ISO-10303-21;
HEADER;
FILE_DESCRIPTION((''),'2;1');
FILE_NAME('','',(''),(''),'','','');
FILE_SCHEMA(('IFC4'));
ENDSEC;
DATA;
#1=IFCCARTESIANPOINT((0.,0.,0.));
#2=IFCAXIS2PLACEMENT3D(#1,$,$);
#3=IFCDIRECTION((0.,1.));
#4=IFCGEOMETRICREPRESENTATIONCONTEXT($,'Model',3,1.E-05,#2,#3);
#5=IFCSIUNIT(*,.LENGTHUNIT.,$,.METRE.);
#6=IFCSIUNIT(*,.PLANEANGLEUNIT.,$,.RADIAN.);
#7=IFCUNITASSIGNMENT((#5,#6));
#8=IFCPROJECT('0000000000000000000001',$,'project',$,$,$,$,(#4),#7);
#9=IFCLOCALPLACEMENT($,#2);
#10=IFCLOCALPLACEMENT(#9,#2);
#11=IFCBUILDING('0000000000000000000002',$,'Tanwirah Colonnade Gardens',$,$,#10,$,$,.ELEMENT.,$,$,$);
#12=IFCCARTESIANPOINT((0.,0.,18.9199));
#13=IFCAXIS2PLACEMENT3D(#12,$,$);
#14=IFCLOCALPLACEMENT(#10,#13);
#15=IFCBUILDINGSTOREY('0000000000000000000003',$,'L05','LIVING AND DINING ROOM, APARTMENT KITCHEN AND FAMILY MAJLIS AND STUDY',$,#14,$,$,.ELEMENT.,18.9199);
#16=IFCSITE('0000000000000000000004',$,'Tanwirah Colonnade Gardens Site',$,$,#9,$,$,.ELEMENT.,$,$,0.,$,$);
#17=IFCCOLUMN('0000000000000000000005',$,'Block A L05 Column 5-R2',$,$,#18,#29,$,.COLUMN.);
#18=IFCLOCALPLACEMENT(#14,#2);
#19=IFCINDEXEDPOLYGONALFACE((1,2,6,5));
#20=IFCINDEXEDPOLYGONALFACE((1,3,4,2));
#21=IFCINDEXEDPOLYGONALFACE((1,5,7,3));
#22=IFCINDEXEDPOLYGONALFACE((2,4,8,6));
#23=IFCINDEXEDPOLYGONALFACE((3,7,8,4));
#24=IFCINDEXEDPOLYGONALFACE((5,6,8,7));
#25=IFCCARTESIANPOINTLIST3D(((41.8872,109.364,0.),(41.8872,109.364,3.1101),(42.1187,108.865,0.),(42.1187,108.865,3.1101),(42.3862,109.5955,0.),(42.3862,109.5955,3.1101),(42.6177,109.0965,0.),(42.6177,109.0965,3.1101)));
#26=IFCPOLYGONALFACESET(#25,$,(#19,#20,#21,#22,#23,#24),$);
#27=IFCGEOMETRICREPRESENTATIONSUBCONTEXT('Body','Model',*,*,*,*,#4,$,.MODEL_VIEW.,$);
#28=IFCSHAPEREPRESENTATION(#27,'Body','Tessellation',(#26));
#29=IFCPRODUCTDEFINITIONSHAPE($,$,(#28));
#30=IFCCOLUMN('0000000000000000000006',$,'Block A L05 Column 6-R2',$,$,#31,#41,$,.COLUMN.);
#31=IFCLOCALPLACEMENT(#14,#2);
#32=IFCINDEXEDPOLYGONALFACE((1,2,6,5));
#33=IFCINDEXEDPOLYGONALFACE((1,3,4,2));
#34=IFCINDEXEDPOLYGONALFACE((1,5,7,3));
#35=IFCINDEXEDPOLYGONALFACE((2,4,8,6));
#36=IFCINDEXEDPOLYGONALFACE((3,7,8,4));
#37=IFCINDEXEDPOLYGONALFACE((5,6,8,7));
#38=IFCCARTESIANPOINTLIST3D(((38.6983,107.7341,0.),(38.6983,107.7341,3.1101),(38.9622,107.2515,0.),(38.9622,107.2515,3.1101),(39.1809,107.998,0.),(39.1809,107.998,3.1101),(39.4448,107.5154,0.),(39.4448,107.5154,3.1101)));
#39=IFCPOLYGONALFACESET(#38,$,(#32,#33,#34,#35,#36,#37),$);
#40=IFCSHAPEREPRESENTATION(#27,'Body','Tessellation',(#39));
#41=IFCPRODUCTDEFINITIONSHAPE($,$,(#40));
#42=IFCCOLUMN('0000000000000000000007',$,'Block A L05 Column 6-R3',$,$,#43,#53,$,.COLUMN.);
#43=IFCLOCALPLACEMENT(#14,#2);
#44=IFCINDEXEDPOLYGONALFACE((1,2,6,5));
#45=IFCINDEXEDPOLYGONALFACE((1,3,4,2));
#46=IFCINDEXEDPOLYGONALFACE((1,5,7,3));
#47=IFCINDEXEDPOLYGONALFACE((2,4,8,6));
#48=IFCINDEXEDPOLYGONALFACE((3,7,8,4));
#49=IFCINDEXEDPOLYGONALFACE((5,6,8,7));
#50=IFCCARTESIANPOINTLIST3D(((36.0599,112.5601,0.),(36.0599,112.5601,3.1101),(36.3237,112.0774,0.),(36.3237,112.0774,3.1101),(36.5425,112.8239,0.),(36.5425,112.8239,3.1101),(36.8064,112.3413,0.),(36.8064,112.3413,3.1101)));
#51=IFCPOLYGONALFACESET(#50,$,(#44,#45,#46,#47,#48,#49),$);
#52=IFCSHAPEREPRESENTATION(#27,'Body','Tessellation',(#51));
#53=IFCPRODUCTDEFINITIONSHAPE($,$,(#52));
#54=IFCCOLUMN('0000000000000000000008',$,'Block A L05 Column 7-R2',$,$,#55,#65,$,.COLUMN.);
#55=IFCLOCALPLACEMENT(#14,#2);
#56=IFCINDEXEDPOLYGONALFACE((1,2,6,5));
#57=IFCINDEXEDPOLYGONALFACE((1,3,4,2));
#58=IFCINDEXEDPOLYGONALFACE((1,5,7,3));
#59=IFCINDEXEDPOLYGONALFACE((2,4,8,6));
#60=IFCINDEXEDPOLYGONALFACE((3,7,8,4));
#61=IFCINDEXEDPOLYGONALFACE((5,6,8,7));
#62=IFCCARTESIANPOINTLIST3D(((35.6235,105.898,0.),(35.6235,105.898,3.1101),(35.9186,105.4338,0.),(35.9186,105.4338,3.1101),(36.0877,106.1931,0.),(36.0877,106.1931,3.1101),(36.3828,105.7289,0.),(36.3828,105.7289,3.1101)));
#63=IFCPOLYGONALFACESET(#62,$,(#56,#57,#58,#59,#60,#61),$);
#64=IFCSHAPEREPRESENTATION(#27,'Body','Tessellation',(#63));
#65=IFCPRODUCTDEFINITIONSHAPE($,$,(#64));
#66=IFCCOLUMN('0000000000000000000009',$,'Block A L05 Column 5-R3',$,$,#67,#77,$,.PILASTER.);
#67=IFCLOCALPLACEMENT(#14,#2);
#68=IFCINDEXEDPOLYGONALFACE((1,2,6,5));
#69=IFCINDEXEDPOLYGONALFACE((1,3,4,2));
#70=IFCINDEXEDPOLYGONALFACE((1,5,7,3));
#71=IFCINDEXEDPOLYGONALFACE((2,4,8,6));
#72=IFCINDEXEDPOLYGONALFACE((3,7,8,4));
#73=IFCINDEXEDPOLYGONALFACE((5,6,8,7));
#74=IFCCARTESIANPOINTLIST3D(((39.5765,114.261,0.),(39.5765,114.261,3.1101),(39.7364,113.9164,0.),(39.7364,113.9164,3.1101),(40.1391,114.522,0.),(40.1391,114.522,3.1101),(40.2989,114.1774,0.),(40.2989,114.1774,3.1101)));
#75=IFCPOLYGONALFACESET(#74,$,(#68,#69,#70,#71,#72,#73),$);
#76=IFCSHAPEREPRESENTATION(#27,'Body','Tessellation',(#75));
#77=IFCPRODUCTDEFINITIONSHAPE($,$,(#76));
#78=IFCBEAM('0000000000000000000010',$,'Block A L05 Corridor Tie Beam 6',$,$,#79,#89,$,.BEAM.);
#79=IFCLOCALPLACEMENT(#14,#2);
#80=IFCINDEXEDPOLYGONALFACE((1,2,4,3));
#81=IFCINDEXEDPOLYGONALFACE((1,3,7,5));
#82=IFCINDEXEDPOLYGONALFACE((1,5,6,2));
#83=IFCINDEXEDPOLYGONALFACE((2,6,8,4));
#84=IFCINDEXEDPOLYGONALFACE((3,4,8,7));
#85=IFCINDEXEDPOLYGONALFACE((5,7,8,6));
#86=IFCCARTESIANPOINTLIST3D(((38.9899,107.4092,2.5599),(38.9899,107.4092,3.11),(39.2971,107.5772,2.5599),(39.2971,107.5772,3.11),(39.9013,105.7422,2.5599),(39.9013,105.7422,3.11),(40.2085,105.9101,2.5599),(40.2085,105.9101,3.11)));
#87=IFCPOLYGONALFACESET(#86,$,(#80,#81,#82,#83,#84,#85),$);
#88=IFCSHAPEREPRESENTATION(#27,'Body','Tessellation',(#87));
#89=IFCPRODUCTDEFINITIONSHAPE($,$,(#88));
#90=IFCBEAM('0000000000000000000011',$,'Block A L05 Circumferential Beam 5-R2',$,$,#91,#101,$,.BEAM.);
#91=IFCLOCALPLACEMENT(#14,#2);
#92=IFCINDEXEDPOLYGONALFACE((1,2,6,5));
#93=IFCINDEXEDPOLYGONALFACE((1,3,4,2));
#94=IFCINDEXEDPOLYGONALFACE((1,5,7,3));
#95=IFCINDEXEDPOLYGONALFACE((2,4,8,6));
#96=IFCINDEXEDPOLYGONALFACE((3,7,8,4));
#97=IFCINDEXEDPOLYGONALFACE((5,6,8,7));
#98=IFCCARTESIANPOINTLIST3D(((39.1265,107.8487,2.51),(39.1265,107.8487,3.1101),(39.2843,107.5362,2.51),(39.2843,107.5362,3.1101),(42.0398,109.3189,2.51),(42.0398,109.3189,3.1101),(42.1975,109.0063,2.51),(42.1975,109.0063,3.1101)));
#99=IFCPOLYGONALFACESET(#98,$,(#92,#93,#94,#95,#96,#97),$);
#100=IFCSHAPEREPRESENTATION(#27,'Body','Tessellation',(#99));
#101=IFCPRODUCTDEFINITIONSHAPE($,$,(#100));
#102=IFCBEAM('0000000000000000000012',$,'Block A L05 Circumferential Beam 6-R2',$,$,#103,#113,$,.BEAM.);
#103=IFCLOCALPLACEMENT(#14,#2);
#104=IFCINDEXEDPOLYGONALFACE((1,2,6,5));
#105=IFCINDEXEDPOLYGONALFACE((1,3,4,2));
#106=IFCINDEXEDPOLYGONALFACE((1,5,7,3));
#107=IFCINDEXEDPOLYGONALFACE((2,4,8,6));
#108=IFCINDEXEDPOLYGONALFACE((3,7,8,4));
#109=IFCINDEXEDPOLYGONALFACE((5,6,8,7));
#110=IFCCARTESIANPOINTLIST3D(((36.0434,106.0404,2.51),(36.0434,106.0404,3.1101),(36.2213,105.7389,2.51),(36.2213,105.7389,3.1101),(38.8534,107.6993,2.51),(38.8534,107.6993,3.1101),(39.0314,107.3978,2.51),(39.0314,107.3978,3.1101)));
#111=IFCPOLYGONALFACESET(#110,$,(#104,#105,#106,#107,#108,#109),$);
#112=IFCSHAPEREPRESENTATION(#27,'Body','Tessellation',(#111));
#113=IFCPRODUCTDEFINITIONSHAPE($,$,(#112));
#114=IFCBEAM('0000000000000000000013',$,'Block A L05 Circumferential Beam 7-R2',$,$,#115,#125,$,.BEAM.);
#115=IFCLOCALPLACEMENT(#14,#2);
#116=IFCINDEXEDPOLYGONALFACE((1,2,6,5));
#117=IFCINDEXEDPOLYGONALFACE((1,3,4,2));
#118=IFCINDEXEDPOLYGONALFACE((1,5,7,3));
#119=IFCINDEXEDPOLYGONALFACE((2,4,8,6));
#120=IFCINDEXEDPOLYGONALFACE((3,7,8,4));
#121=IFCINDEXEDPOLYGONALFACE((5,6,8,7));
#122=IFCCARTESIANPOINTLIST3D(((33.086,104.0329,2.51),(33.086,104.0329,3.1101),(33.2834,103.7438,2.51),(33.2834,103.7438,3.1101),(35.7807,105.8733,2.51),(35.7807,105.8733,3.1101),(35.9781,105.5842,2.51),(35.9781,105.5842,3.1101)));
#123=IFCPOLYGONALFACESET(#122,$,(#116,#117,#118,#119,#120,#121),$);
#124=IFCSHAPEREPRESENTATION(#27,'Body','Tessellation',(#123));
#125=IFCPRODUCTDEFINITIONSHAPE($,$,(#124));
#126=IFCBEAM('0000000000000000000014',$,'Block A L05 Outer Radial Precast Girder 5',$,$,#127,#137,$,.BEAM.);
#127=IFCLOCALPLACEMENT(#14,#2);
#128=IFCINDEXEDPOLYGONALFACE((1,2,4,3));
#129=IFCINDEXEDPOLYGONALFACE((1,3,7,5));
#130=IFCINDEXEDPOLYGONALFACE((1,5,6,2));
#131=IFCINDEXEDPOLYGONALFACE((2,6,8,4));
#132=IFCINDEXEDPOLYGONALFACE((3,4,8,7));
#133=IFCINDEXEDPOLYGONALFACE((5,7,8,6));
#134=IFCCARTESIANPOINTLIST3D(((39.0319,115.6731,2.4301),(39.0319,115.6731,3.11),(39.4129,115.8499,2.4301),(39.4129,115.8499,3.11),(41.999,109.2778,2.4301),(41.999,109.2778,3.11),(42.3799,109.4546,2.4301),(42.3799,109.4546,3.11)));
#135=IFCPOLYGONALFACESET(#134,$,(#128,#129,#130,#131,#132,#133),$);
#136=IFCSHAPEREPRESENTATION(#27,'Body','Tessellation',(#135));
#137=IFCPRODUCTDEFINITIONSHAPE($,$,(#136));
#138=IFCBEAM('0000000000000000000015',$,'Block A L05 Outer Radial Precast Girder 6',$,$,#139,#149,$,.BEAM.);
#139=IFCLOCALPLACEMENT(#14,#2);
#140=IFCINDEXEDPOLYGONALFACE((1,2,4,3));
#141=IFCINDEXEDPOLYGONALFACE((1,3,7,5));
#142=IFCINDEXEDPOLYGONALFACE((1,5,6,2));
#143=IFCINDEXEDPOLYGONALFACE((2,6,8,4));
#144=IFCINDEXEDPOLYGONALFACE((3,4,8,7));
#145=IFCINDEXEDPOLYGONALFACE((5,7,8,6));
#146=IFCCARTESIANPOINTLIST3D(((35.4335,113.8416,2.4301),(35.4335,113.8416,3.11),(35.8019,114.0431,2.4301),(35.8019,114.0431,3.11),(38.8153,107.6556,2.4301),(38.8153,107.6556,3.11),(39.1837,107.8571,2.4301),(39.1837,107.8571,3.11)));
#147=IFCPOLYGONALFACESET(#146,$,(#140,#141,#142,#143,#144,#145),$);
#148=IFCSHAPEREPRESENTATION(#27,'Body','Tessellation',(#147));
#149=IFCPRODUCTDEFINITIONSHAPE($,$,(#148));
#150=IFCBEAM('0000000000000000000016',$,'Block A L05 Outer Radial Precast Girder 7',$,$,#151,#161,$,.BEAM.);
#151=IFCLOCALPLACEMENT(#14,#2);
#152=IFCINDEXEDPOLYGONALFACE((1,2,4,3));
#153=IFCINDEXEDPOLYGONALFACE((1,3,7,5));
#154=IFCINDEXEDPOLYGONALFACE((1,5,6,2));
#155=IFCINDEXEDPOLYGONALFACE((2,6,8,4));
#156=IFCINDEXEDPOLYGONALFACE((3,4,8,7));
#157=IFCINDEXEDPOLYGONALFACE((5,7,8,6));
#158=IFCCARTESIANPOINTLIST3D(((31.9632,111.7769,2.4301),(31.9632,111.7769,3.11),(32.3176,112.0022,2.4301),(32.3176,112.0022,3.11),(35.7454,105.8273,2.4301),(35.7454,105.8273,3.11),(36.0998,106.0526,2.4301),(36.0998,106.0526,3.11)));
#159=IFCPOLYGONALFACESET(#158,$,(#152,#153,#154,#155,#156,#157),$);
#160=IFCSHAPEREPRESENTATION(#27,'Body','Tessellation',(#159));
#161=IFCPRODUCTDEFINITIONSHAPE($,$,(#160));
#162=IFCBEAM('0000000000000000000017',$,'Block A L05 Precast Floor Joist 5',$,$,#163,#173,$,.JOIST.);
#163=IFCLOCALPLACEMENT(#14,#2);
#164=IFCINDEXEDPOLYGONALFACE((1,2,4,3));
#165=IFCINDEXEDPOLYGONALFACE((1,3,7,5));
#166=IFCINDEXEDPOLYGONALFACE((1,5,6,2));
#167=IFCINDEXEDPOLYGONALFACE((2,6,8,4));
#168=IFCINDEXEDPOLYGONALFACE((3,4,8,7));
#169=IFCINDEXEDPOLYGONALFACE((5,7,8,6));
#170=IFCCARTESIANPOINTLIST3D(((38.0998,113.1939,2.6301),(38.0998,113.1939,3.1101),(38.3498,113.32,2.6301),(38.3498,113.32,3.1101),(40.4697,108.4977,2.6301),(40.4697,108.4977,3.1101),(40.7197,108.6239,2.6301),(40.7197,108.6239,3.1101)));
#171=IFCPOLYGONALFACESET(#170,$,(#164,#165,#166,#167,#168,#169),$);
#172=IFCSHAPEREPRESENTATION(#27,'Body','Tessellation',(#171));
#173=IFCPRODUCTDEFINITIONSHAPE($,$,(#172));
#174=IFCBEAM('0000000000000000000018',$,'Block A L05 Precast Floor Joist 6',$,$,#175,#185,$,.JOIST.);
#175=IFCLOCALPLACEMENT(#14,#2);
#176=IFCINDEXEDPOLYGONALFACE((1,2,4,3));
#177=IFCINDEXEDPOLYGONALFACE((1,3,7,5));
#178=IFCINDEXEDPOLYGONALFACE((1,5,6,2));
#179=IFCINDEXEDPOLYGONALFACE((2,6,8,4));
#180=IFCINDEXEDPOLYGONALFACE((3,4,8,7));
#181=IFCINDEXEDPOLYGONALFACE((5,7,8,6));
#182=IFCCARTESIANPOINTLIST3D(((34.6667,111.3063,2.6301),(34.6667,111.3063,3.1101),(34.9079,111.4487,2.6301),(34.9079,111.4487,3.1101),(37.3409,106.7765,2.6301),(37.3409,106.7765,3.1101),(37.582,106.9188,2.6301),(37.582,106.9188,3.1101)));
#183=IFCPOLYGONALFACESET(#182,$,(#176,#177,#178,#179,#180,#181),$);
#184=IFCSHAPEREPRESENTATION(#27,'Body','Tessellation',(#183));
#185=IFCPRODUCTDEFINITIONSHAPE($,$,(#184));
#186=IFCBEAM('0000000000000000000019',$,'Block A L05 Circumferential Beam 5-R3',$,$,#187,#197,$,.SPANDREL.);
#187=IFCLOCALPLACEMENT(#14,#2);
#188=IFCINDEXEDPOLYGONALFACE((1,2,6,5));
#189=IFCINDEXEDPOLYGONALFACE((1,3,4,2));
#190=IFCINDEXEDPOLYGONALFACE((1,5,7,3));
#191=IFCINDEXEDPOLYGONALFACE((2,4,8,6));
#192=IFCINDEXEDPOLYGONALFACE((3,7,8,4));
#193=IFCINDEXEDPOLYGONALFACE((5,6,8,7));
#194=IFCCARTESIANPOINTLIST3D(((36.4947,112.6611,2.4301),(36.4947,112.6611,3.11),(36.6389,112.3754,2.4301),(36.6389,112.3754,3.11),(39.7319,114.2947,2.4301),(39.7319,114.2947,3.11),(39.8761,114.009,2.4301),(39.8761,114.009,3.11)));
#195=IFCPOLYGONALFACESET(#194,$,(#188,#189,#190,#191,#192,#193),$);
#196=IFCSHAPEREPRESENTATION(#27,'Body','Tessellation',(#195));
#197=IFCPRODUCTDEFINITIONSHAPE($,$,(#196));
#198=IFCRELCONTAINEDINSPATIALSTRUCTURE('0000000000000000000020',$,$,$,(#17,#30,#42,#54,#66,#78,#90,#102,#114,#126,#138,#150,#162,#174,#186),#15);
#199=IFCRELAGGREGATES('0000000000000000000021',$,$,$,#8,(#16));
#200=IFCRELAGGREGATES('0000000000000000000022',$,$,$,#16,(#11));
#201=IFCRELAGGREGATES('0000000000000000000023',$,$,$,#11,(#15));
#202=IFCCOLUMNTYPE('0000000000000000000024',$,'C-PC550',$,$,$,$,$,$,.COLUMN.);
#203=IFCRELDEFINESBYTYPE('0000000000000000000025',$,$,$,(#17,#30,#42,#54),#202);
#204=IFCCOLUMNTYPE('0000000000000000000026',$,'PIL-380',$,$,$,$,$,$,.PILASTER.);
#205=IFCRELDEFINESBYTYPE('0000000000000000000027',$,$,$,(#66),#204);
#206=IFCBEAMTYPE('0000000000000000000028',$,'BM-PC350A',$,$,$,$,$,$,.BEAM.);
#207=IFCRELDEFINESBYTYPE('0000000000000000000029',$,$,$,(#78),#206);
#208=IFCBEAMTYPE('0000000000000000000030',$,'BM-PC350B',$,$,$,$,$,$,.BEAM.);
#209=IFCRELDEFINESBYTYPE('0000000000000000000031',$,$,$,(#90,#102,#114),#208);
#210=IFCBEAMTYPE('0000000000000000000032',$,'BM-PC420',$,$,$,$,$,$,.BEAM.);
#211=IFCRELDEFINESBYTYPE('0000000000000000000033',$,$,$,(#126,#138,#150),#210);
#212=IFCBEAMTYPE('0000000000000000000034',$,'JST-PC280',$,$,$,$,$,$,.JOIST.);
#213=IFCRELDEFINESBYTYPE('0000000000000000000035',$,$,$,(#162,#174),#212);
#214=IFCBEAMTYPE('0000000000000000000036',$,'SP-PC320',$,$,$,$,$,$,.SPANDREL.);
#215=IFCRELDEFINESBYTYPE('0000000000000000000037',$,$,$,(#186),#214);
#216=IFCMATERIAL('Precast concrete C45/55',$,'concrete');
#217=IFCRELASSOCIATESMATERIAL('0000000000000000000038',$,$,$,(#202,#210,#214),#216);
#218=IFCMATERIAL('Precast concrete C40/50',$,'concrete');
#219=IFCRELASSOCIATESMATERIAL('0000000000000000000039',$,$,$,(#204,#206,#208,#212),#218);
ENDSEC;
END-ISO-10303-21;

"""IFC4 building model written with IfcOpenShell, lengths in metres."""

from ifc_helpers import new_model, si_unit, direction, frame, origin, origin_2d, place, context, subcontext, project, spatial, rectangle, extrude, material, material_profile, profile_set, type_object, element, save


model = new_model("IFC4")

# Units and contexts
model_context = context("Model", 3, precision=1e-05, world=origin(), true_north=direction((0.0, 1.0)))
body_context = subcontext(model_context, "Body", "Model", "MODEL_VIEW")
ifc_project = project(units=[si_unit("LENGTHUNIT", "METRE"), si_unit("PLANEANGLEUNIT", "RADIAN")], contexts=[model_context])

# Site, building, storey
site_placement = place(None, origin())
site = spatial("IfcSite", under=ifc_project, at=site_placement, Name="Tanwirah Colonnade Gardens Site", CompositionType="ELEMENT", RefElevation=0.0)
building_placement = place(site_placement, origin())
building = spatial("IfcBuilding", under=site, at=building_placement, Name="Tanwirah Colonnade Gardens", CompositionType="ELEMENT")
storey_placement = place(building_placement, frame((0.0, 0.0, 18.9199)))
storey = spatial("IfcBuildingStorey", under=building, at=storey_placement, Name="L05", Description="LIVING AND DINING ROOM, APARTMENT KITCHEN AND FAMILY MAJLIS AND STUDY", CompositionType="ELEMENT", Elevation=18.9199)

# Columns
ifc_material_1 = material(Name="Precast concrete C45/55", Category="concrete")
ifc_material_profile_1 = material_profile(ifc_material_1, rectangle(XDim=0.55, YDim=0.55, at=origin_2d()), Name="PC-COL 550x550")
ifc_profile_set_1 = profile_set([ifc_material_profile_1], Name="Precast concrete C45/55")
column_type_1 = type_object("IfcColumnType", Name="C-PC550", PredefinedType="COLUMN", material=ifc_profile_set_1)
for number, where, z_axis, x_axis, name in (
    (1, (42.2524, 109.2302, 0.0), (0.0, 0.0, 1.0), (-0.42086, 0.907126, 0.0), "Block A L05 Column 5-R2"),
    (2, (39.0715, 107.6248, 0.0), (0.0, 0.0, 1.0), (-0.479713, 0.877425, 0.0), "Block A L05 Column 6-R2"),
    (3, (36.4331, 112.4507, 0.0), (0.0, 0.0, 1.0), (-0.479713, 0.877425, 0.0), "Block A L05 Column 6-R3"),
    (4, (36.0032, 105.8135, 0.0), (0.0, 0.0, 1.0), (-0.536482, 0.843912, 0.0), "Block A L05 Column 7-R2"),
):
    element("IfcColumn", number, at=place(storey_placement, frame(where, z_axis=z_axis, x_axis=x_axis)), inside=storey, type_object=column_type_1, Name=name, PredefinedType="COLUMN", context=body_context, shape_type="SweptSolid", body=[
        extrude(rectangle(XDim=0.55, YDim=0.55, at=origin_2d()), origin(), (0.0, 0.0, 1.0), 3.1101),
    ])
ifc_material_2 = material(Name="Precast concrete C40/50", Category="concrete")
ifc_material_profile_2 = material_profile(ifc_material_2, rectangle(XDim=0.3799, YDim=0.6201, at=origin_2d()), Name="PC-PIL 380x620")
ifc_profile_set_2 = profile_set([ifc_material_profile_2], Name="Precast concrete C40/50")
column_type_2 = type_object("IfcColumnType", Name="PIL-380", PredefinedType="PILASTER", material=ifc_profile_set_2)
column_placement = place(storey_placement, frame((39.9377, 114.2192, 0.0), z_axis=(0.0, 0.0, 1.0), x_axis=(-0.42086, 0.907126, 0.0)))
element("IfcColumn", 5, at=column_placement, inside=storey, type_object=column_type_2, Name="Block A L05 Column 5-R3", PredefinedType="PILASTER", context=body_context, shape_type="SweptSolid", body=[
    extrude(rectangle(XDim=0.3799, YDim=0.6201, at=origin_2d()), origin(), (0.0, 0.0, 1.0), 3.1101),
])

# Beams
ifc_material_profile_3 = material_profile(ifc_material_2, rectangle(XDim=0.3501, YDim=0.55, at=origin_2d()), Name="PC-BM 350x550")
ifc_profile_set_3 = profile_set([ifc_material_profile_3], Name="Precast concrete C40/50")
beam_type_1 = type_object("IfcBeamType", Name="BM-PC350A", PredefinedType="BEAM", material=ifc_profile_set_3)
beam_1_placement = place(storey_placement, frame((40.0549, 105.8262, 2.835), z_axis=(-0.479707, 0.877429, 0.0), x_axis=(-0.877429, -0.479707, 0.0)))
element("IfcBeam", 6, at=beam_1_placement, inside=storey, type_object=beam_type_1, Name="Block A L05 Corridor Tie Beam 6", PredefinedType="BEAM", context=body_context, shape_type="SweptSolid", body=[
    extrude(rectangle(XDim=0.3501, YDim=0.55, at=origin_2d()), origin(), (0.0, 0.0, 1.0), 1.8999),
])
ifc_material_profile_4 = material_profile(ifc_material_2, rectangle(XDim=0.3501, YDim=0.6001, at=origin_2d()), Name="PC-BM 350x600")
ifc_profile_set_4 = profile_set([ifc_material_profile_4], Name="Precast concrete C40/50")
beam_type_2 = type_object("IfcBeamType", Name="BM-PC350B", PredefinedType="BEAM", material=ifc_profile_set_4)
for number, where, z_axis, x_axis, name in (
    (7, (42.1187, 109.1626, 2.8101), (-0.89276, -0.450532, 0.0), (0.450532, -0.89276, 0.0), "Block A L05 Circumferential Beam 5-R2"),
    (8, (38.9424, 107.5486, 2.8101), (-0.861135, -0.508376, 0.0), (0.508376, -0.861135, 0.0), "Block A L05 Circumferential Beam 6-R2"),
    (9, (35.8794, 105.7288, 2.8101), (-0.825782, -0.563989, 0.0), (0.563989, -0.825782, 0.0), "Block A L05 Circumferential Beam 7-R2"),
):
    element("IfcBeam", number, at=place(storey_placement, frame(where, z_axis=z_axis, x_axis=x_axis)), inside=storey, type_object=beam_type_2, Name=name, PredefinedType="BEAM", context=body_context, shape_type="SweptSolid", body=[
        extrude(rectangle(XDim=0.3501, YDim=0.6001, at=origin_2d()), origin(), (0.0, 0.0, 1.0), 3.2632),
    ])
ifc_material_profile_5 = material_profile(ifc_material_1, rectangle(XDim=0.4199, YDim=0.6799, at=origin_2d()), Name="PC-BM 420x680")
ifc_profile_set_5 = profile_set([ifc_material_profile_5], Name="Precast concrete C45/55")
beam_type_3 = type_object("IfcBeamType", Name="BM-PC420", PredefinedType="BEAM", material=ifc_profile_set_5)
for number, where, z_axis, x_axis, name in (
    (10, (42.1895, 109.3662, 2.77), (-0.420856, 0.907128, 0.0), (-0.907128, -0.420856, 0.0), "Block A L05 Outer Radial Precast Girder 5"),
    (11, (38.9995, 107.7563, 2.77), (-0.479687, 0.87744, 0.0), (-0.87744, -0.479687, 0.0), "Block A L05 Outer Radial Precast Girder 6"),
    (12, (35.9226, 105.9399, 2.77), (-0.536477, 0.843915, 0.0), (-0.843915, -0.536477, 0.0), "Block A L05 Outer Radial Precast Girder 7"),
):
    element("IfcBeam", number, at=place(storey_placement, frame(where, z_axis=z_axis, x_axis=x_axis)), inside=storey, type_object=beam_type_3, Name=name, PredefinedType="BEAM", context=body_context, shape_type="SweptSolid", body=[
        extrude(rectangle(XDim=0.4199, YDim=0.6799, at=origin_2d()), origin(), (0.0, 0.0, 1.0), 7.05),
    ])
ifc_material_profile_6 = material_profile(ifc_material_2, rectangle(XDim=0.28, YDim=0.48, at=origin_2d()), Name="PC-JST 280x480")
ifc_profile_set_6 = profile_set([ifc_material_profile_6], Name="Precast concrete C40/50")
beam_type_4 = type_object("IfcBeamType", Name="JST-PC280", PredefinedType="JOIST", material=ifc_profile_set_6)
for number, where, z_axis, x_axis, name in (
    (13, (40.5947, 108.5608, 2.8701), (-0.450534, 0.892759, 0.0), (-0.892759, -0.450534, 0.0), "Block A L05 Precast Floor Joist 5"),
    (14, (37.4614, 106.8477, 2.8701), (-0.50836, 0.861145, 0.0), (-0.861145, -0.50836, 0.0), "Block A L05 Precast Floor Joist 6"),
):
    element("IfcBeam", number, at=place(storey_placement, frame(where, z_axis=z_axis, x_axis=x_axis)), inside=storey, type_object=beam_type_4, Name=name, PredefinedType="JOIST", context=body_context, shape_type="SweptSolid", body=[
        extrude(rectangle(XDim=0.28, YDim=0.48, at=origin_2d()), origin(), (0.0, 0.0, 1.0), 5.2603),
    ])
ifc_material_profile_7 = material_profile(ifc_material_1, rectangle(XDim=0.3201, YDim=0.6799, at=origin_2d()), Name="PC-SP 320x680")
ifc_profile_set_7 = profile_set([ifc_material_profile_7], Name="Precast concrete C45/55")
beam_type_5 = type_object("IfcBeamType", Name="SP-PC320", PredefinedType="SPANDREL", material=ifc_profile_set_7)
beam_2_placement = place(storey_placement, frame((39.804, 114.1519, 2.77), z_axis=(-0.892765, -0.450523, 0.0), x_axis=(0.450523, -0.892765, 0.0)))
element("IfcBeam", 15, at=beam_2_placement, inside=storey, type_object=beam_type_5, Name="Block A L05 Circumferential Beam 5-R3", PredefinedType="SPANDREL", context=body_context, shape_type="SweptSolid", body=[
    extrude(rectangle(XDim=0.3201, YDim=0.6799, at=origin_2d()), origin(), (0.0, 0.0, 1.0), 3.626),
])

save(model, "model.ifc")
